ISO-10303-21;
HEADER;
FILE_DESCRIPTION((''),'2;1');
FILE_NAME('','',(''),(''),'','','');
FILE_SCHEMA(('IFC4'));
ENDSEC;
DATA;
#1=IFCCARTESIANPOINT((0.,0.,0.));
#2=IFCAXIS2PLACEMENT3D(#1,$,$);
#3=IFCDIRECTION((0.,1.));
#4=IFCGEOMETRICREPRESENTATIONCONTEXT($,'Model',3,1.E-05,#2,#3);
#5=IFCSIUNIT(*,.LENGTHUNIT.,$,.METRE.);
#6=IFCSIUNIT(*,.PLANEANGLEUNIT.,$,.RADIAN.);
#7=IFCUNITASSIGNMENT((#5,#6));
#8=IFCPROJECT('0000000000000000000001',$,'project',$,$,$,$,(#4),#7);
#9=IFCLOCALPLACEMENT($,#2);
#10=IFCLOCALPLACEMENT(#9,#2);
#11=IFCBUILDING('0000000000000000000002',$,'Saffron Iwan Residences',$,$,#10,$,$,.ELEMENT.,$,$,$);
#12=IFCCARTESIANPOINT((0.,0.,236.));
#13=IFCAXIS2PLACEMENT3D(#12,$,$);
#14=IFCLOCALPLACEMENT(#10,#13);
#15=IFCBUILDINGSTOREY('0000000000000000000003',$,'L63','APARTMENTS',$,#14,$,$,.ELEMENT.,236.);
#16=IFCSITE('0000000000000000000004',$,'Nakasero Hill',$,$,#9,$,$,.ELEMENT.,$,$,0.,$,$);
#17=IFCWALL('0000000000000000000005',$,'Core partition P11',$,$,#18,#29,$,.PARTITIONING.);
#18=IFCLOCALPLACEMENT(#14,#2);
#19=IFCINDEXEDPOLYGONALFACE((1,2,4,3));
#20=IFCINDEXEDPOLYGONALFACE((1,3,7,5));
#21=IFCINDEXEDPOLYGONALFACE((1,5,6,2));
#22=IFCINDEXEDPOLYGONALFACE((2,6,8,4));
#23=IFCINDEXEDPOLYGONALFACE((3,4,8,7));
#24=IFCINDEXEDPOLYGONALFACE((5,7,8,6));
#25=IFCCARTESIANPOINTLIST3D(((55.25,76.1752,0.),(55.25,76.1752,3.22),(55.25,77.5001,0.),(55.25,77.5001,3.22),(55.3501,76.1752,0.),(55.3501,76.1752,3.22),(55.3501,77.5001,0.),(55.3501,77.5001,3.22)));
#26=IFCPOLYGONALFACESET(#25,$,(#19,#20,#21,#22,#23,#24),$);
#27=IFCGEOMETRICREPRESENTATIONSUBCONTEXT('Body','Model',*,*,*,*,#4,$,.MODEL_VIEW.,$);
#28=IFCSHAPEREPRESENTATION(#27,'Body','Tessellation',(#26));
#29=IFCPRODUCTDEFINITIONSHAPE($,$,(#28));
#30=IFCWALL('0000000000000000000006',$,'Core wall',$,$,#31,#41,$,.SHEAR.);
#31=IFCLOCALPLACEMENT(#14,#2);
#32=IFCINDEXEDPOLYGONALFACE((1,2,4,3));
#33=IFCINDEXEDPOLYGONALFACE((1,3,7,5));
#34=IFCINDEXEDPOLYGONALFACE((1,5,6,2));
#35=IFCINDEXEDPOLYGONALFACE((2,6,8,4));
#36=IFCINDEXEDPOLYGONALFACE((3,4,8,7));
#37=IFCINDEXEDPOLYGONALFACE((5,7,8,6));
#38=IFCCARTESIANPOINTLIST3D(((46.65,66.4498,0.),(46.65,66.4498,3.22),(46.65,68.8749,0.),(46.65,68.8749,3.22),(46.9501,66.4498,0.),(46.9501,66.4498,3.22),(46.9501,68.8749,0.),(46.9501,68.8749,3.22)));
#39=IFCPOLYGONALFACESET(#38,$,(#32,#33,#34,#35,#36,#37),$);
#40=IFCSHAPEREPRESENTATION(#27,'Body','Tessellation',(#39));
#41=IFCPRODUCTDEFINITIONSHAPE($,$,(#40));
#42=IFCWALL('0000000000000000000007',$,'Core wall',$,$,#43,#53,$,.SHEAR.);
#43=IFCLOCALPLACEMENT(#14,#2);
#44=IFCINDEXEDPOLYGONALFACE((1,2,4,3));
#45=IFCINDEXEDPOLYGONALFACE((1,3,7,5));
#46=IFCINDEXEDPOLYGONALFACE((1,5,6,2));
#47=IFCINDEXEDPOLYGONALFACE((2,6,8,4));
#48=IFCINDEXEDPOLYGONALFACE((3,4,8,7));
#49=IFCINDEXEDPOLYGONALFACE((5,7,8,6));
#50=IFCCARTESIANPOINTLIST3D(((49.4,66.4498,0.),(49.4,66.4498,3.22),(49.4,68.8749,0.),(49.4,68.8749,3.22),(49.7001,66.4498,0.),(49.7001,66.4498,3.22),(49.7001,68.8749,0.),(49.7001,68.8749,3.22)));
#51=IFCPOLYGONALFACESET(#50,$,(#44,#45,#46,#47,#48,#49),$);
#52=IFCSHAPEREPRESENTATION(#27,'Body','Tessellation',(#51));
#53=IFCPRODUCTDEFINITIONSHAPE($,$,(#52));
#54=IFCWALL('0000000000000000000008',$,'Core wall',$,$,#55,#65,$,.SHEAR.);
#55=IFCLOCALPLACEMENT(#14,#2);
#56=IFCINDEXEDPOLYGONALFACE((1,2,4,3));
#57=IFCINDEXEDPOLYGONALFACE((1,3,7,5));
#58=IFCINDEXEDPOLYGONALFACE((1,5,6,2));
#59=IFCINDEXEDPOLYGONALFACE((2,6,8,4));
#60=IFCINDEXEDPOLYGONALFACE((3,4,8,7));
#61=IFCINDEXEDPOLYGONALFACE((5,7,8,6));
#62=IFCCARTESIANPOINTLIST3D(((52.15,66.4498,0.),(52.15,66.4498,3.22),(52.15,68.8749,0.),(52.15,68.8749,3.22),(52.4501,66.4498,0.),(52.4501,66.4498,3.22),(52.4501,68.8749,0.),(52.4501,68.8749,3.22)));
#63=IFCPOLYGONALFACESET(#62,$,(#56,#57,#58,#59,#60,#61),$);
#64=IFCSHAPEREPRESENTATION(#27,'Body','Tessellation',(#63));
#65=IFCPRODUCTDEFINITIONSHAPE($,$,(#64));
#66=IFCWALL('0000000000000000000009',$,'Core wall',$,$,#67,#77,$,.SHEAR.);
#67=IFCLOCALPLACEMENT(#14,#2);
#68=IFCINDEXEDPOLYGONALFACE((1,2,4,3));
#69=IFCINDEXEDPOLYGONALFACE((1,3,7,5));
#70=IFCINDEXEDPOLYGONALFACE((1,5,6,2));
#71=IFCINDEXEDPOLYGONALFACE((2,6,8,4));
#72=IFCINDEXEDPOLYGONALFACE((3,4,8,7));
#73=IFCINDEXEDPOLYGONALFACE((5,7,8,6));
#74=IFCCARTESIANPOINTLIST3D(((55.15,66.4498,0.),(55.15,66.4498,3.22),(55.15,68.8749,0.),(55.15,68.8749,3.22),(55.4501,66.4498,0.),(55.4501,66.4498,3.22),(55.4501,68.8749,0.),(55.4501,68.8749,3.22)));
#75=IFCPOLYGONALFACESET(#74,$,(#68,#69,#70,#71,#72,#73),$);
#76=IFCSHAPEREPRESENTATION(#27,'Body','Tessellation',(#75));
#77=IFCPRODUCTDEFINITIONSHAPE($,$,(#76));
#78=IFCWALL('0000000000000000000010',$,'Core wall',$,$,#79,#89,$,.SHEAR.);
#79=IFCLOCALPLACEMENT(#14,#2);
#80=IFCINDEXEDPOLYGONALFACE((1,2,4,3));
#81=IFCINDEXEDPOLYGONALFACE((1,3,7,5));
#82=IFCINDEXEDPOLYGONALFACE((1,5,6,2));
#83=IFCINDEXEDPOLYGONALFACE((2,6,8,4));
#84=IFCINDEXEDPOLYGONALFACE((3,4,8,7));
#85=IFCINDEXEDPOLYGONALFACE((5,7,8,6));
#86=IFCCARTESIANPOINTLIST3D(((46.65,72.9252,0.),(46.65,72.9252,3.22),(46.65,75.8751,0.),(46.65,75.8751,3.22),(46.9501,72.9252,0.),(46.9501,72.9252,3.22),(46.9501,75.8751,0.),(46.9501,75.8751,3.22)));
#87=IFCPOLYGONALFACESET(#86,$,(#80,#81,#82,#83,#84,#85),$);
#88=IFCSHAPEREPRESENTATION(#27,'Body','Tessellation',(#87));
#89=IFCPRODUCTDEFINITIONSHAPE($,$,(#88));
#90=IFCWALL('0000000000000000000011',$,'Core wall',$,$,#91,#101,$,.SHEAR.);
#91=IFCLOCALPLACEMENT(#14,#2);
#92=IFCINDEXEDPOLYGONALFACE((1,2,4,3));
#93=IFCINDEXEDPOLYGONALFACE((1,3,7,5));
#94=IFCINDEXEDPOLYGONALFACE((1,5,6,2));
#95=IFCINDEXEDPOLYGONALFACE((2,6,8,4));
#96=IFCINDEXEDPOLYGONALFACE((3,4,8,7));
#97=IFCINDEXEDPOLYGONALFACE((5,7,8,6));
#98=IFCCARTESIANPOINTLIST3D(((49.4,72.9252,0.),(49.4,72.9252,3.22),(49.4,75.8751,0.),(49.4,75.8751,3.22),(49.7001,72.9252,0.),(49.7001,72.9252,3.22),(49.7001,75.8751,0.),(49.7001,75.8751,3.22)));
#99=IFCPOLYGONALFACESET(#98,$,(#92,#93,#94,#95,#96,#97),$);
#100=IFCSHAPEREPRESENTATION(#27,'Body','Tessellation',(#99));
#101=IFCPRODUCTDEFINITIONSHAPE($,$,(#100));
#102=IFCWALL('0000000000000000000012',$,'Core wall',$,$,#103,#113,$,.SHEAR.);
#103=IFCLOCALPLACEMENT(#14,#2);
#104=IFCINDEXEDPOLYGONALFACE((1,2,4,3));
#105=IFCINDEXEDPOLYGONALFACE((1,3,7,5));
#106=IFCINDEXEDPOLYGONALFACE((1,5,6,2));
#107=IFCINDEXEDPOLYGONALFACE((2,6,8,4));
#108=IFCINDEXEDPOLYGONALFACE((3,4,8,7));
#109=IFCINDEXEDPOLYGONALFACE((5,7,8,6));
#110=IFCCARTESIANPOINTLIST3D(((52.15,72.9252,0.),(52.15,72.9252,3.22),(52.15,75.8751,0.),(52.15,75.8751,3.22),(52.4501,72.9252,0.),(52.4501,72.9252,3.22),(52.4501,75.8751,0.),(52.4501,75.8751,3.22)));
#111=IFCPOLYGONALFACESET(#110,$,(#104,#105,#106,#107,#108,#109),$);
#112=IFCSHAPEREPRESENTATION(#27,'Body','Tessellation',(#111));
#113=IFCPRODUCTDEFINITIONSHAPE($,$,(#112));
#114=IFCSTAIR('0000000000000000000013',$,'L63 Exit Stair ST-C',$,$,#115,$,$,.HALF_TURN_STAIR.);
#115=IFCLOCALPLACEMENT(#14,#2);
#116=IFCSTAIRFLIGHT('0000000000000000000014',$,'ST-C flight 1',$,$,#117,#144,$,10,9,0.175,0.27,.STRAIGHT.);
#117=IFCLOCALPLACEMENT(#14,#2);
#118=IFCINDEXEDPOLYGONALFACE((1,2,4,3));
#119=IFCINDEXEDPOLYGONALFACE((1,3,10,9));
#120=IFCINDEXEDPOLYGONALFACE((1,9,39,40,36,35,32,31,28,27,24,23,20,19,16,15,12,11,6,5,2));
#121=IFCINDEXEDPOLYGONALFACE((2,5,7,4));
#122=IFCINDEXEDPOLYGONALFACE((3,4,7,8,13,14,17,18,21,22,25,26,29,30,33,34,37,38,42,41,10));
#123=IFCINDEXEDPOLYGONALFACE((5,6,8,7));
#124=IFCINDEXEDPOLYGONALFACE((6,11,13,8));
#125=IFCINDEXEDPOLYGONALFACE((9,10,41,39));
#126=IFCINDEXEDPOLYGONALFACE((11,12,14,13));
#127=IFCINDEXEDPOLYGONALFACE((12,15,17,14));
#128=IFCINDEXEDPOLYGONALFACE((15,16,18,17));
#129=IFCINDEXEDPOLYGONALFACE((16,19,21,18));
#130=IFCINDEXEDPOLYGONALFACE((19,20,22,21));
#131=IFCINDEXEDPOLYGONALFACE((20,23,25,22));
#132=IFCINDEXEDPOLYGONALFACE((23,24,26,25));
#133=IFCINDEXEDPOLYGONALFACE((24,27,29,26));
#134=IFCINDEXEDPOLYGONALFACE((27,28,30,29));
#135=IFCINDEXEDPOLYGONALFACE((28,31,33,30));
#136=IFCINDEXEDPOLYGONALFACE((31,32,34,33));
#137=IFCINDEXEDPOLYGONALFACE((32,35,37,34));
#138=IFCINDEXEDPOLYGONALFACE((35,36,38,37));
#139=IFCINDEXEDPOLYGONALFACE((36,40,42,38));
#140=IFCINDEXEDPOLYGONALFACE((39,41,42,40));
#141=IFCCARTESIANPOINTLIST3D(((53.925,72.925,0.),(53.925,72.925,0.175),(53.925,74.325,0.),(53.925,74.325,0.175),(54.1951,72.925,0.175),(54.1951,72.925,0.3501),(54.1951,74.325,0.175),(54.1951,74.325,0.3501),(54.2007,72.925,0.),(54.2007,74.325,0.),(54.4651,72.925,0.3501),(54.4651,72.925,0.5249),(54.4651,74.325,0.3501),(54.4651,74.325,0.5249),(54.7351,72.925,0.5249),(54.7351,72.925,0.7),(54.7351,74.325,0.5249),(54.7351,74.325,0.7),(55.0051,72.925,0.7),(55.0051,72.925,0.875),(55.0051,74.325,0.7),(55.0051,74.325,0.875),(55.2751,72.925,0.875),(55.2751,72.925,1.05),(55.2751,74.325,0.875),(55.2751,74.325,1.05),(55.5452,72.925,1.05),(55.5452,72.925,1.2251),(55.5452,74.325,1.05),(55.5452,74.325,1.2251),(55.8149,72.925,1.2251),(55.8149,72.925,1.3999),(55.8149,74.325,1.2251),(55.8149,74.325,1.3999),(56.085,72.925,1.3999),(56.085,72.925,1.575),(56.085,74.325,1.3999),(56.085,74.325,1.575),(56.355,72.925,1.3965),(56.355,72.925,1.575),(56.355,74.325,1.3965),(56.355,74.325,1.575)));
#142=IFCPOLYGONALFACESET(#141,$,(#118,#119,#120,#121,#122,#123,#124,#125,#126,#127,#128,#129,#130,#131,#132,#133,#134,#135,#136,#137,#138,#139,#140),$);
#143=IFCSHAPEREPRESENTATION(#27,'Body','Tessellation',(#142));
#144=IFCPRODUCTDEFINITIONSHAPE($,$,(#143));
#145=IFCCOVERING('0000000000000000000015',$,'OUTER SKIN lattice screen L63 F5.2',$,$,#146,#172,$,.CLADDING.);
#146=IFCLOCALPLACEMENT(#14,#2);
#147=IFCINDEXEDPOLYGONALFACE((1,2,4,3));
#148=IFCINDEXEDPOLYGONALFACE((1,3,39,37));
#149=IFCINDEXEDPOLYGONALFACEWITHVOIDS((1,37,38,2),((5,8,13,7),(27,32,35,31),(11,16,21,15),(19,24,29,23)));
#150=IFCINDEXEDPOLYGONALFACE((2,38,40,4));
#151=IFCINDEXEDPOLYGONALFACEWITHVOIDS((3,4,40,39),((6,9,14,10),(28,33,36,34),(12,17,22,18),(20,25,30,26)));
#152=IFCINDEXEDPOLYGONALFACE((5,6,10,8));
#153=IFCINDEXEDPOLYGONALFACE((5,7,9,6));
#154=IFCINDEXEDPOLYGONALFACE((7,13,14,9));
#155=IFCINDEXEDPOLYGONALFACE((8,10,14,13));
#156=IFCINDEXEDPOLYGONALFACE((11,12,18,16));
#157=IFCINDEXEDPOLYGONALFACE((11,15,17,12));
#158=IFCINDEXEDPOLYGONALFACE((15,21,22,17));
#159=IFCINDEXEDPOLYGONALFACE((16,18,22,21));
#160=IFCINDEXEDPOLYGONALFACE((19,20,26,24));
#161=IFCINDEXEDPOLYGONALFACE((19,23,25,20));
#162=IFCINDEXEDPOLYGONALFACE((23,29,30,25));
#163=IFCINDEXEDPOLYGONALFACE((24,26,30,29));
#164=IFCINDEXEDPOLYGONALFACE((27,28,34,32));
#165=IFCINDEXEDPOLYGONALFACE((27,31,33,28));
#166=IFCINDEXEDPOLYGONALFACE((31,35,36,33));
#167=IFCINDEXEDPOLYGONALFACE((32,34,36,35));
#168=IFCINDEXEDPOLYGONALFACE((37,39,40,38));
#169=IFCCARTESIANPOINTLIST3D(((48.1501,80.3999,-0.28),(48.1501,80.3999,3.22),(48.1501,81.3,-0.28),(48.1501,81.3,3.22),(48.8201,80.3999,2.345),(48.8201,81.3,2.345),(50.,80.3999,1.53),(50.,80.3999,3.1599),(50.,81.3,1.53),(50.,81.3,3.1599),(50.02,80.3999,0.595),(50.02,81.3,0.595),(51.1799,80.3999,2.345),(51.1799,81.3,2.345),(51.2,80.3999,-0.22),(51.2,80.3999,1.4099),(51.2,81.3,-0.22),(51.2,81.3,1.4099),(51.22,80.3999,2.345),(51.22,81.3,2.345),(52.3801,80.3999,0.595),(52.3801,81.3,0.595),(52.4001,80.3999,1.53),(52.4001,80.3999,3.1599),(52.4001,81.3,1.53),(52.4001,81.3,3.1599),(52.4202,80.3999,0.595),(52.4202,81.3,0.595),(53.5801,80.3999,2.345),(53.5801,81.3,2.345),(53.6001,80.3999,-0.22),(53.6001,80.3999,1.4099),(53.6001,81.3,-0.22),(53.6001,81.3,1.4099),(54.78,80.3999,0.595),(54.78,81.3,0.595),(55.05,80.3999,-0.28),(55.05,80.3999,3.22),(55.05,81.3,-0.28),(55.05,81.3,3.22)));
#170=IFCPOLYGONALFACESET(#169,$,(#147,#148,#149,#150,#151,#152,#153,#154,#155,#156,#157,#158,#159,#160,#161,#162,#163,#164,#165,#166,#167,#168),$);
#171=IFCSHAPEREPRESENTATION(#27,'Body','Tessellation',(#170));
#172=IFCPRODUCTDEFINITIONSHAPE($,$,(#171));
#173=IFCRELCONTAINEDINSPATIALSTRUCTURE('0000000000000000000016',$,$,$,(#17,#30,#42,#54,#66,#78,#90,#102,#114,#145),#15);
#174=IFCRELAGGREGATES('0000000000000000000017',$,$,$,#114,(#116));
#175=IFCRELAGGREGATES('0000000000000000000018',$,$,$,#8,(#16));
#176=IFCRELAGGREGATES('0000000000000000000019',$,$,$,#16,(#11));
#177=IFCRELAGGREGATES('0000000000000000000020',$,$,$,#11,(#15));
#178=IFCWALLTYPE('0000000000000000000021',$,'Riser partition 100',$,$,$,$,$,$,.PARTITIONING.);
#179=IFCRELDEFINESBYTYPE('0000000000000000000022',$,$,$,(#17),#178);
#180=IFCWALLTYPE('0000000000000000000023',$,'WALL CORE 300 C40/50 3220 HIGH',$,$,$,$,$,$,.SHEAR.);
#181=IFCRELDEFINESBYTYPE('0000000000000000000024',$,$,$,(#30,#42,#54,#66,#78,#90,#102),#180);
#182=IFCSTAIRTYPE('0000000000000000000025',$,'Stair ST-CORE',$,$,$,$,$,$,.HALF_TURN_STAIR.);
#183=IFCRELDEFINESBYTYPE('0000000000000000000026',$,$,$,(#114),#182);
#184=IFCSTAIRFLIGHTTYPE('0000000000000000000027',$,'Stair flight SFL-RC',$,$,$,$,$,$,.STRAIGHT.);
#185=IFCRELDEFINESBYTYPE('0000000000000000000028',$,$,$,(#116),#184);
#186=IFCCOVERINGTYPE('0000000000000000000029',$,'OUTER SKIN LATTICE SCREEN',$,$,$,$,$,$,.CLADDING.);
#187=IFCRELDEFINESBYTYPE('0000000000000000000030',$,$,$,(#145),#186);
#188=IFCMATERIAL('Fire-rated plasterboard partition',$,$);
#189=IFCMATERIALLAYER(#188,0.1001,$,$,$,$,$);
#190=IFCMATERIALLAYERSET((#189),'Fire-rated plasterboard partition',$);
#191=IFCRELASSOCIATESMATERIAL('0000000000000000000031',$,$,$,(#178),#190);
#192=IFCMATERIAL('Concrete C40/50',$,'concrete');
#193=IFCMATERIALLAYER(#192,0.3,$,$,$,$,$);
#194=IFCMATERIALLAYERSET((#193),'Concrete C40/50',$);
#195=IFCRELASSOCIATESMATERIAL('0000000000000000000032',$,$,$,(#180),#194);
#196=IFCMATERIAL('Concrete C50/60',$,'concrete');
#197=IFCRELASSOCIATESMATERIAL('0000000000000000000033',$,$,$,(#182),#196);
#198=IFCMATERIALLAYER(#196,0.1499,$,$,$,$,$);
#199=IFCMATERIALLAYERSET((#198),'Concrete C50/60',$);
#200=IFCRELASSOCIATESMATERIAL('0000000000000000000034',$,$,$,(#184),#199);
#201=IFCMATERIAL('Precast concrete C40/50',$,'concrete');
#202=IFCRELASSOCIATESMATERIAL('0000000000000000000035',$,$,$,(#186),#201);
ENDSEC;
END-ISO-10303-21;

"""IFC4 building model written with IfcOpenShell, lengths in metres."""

from ifc_helpers import new_model, si_unit, direction, frame, frame_2d, origin, place, context, subcontext, project, spatial, polyline, rectangle, outline, extrude, material, layer, layer_set, type_object, element, aggregate, save


model = new_model("IFC4")

# Units and contexts
model_context = context("Model", 3, precision=1e-05, world=origin(), true_north=direction((0.0, 1.0)))
body_context = subcontext(model_context, "Body", "Model", "MODEL_VIEW")
ifc_project = project(units=[si_unit("LENGTHUNIT", "METRE"), si_unit("PLANEANGLEUNIT", "RADIAN")], contexts=[model_context])

# Site, building, storey
site_placement = place(None, origin())
site = spatial("IfcSite", under=ifc_project, at=site_placement, Name="Nakasero Hill", CompositionType="ELEMENT", RefElevation=0.0)
building_placement = place(site_placement, origin())
building = spatial("IfcBuilding", under=site, at=building_placement, Name="Saffron Iwan Residences", CompositionType="ELEMENT")
storey_placement = place(building_placement, frame((0.0, 0.0, 236.0)))
storey = spatial("IfcBuildingStorey", under=building, at=storey_placement, Name="L63", Description="APARTMENTS", CompositionType="ELEMENT", Elevation=236.0)

# Shared definitions
ifc_material_1 = material(Name="Concrete C40/50", Category="concrete")

# Shared definitions
ifc_material_2 = material(Name="Fire-rated plasterboard partition")

# Walls
ifc_layer_1 = layer(ifc_material_2, 0.1001)
ifc_layer_set_1 = layer_set([ifc_layer_1], Name="Fire-rated plasterboard partition")
wall_type_1 = type_object("IfcWallType", Name="Riser partition 100", PredefinedType="PARTITIONING", material=ifc_layer_set_1)
for number, where, z_axis, x_axis, name in (
    (1, (55.3, 76.175, 0.0), (0.0, 0.0, 1.0), (0.0, 1.0, 0.0), "Core partition P11"),
):
    element("IfcWall", number, at=place(storey_placement, frame(where, z_axis=z_axis, x_axis=x_axis)), inside=storey, type_object=wall_type_1, Name=name, PredefinedType="PARTITIONING", context=body_context, shape_type="SweptSolid", body=[
        extrude(rectangle(XDim=1.325, YDim=0.1001, at=frame_2d((0.6626, 0.0))), origin(), (0.0, 0.0, 1.0), 3.22),
    ])
ifc_layer_2 = layer(ifc_material_1, 0.3)
ifc_layer_set_2 = layer_set([ifc_layer_2], Name="Concrete C40/50")
wall_type_2 = type_object("IfcWallType", Name="WALL CORE 300 C40/50 3220 HIGH", PredefinedType="SHEAR", material=ifc_layer_set_2)
for number, where, z_axis, x_axis, name in (
    (2, (46.8, 66.45, 0.0), (0.0, 0.0, 1.0), (0.0, 1.0, 0.0), "Core wall"),
    (3, (49.55, 66.45, 0.0), (0.0, 0.0, 1.0), (0.0, 1.0, 0.0), "Core wall"),
    (4, (52.3, 66.45, 0.0), (0.0, 0.0, 1.0), (0.0, 1.0, 0.0), "Core wall"),
    (5, (55.3, 66.45, 0.0), (0.0, 0.0, 1.0), (0.0, 1.0, 0.0), "Core wall"),
):
    element("IfcWall", number, at=place(storey_placement, frame(where, z_axis=z_axis, x_axis=x_axis)), inside=storey, type_object=wall_type_2, Name=name, PredefinedType="SHEAR", context=body_context, shape_type="SweptSolid", body=[
        extrude(rectangle(XDim=2.425, YDim=0.3, at=frame_2d((1.2124, 0.0))), origin(), (0.0, 0.0, 1.0), 3.22),
    ])
for number, where, z_axis, x_axis, name in (
    (6, (46.8, 72.925, 0.0), (0.0, 0.0, 1.0), (0.0, 1.0, 0.0), "Core wall"),
    (7, (49.55, 72.925, 0.0), (0.0, 0.0, 1.0), (0.0, 1.0, 0.0), "Core wall"),
    (8, (52.3, 72.925, 0.0), (0.0, 0.0, 1.0), (0.0, 1.0, 0.0), "Core wall"),
):
    element("IfcWall", number, at=place(storey_placement, frame(where, z_axis=z_axis, x_axis=x_axis)), inside=storey, type_object=wall_type_2, Name=name, PredefinedType="SHEAR", context=body_context, shape_type="SweptSolid", body=[
        extrude(rectangle(XDim=2.95, YDim=0.3, at=frame_2d((1.4751, 0.0))), origin(), (0.0, 0.0, 1.0), 3.22),
    ])

# Stair, stair flight
ifc_material_3 = material(Name="Concrete C50/60", Category="concrete")
stair_type = type_object("IfcStairType", Name="Stair ST-CORE", PredefinedType="HALF_TURN_STAIR", material=ifc_material_3)
stair_placement = place(storey_placement, origin())
stair = element("IfcStair", 9, at=stair_placement, inside=storey, type_object=stair_type, Name="L63 Exit Stair ST-C", PredefinedType="HALF_TURN_STAIR")
ifc_layer_3 = layer(ifc_material_3, 0.1499)
ifc_layer_set_3 = layer_set([ifc_layer_3], Name="Concrete C50/60")
stair_flight_type = type_object("IfcStairFlightType", Name="Stair flight SFL-RC", PredefinedType="STRAIGHT", material=ifc_layer_set_3)
stair_flight_placement = place(storey_placement, frame((53.925, 73.625, 0.0), z_axis=(0.0, 0.0, 1.0), x_axis=(1.0, 0.0, 0.0)))
stair_flight = element("IfcStairFlight", 10, at=stair_flight_placement, type_object=stair_flight_type, Name="ST-C flight 1", NumberOfRisers=10, NumberOfTreads=9, PredefinedType="STRAIGHT", RiserHeight=0.175, TreadLength=0.27, context=body_context, shape_type="SweptSolid", body=[
    extrude(outline(polyline([(0.0, 0.0), (0.0, 0.175), (0.27, 0.175), (0.27, 0.3501), (0.54, 0.3501), (0.54, 0.5249), (0.8101, 0.5249), (0.8101, 0.7), (1.0801, 0.7), (1.0801, 0.875), (1.3501, 0.875), (1.3501, 1.05), (1.6201, 1.05), (1.6201, 1.2251), (1.8899, 1.2251), (1.8899, 1.3999), (2.1599, 1.3999), (2.1599, 1.575), (2.4299, 1.575), (2.4299, 1.75), (2.4299, 1.3965), (0.2756, 0.0), (0.0, 0.0)])), frame((0.0, 0.7, 0.0), z_axis=(0.0, -1.0, 0.0), x_axis=(1.0, 0.0, 0.0)), (0.0, 0.0, 1.0), 1.3999),
])
aggregate(stair, [stair_flight])

# Covering
ifc_material_4 = material(Name="Precast concrete C40/50", Category="concrete")
covering_type_1 = type_object("IfcCoveringType", Name="OUTER SKIN LATTICE SCREEN", PredefinedType="CLADDING", material=ifc_material_4)
covering_1_placement = place(storey_placement, frame((55.05, 80.3999, -0.28), z_axis=(0.0, 1.0, 0.0), x_axis=(-1.0, 0.0, 0.0)))
element("IfcCovering", 11, at=covering_1_placement, inside=storey, type_object=covering_type_1, Name="OUTER SKIN lattice screen L63 F5.2", PredefinedType="CLADDING", context=body_context, shape_type="SweptSolid", body=[
    extrude(outline(polyline([(0.0, 0.0), (6.8999, 0.0), (6.8999, 3.5), (0.0, 3.5), (0.0, 0.0)]), holes=[polyline([(0.27, 0.875), (1.45, 0.0601), (2.6299, 0.875), (1.45, 1.6899), (0.27, 0.875)]), polyline([(2.6699, 0.875), (3.8501, 0.0601), (5.03, 0.875), (3.8501, 1.6899), (2.6699, 0.875)]), polyline([(1.47, 2.625), (2.6499, 1.8101), (3.8301, 2.625), (2.6499, 3.4399), (1.47, 2.625)]), polyline([(3.8701, 2.625), (5.05, 1.8101), (6.23, 2.625), (5.05, 3.4399), (3.8701, 2.625)])]), origin(), (0.0, 0.0, 1.0), 0.9001),
])

save(model, "model.ifc")
